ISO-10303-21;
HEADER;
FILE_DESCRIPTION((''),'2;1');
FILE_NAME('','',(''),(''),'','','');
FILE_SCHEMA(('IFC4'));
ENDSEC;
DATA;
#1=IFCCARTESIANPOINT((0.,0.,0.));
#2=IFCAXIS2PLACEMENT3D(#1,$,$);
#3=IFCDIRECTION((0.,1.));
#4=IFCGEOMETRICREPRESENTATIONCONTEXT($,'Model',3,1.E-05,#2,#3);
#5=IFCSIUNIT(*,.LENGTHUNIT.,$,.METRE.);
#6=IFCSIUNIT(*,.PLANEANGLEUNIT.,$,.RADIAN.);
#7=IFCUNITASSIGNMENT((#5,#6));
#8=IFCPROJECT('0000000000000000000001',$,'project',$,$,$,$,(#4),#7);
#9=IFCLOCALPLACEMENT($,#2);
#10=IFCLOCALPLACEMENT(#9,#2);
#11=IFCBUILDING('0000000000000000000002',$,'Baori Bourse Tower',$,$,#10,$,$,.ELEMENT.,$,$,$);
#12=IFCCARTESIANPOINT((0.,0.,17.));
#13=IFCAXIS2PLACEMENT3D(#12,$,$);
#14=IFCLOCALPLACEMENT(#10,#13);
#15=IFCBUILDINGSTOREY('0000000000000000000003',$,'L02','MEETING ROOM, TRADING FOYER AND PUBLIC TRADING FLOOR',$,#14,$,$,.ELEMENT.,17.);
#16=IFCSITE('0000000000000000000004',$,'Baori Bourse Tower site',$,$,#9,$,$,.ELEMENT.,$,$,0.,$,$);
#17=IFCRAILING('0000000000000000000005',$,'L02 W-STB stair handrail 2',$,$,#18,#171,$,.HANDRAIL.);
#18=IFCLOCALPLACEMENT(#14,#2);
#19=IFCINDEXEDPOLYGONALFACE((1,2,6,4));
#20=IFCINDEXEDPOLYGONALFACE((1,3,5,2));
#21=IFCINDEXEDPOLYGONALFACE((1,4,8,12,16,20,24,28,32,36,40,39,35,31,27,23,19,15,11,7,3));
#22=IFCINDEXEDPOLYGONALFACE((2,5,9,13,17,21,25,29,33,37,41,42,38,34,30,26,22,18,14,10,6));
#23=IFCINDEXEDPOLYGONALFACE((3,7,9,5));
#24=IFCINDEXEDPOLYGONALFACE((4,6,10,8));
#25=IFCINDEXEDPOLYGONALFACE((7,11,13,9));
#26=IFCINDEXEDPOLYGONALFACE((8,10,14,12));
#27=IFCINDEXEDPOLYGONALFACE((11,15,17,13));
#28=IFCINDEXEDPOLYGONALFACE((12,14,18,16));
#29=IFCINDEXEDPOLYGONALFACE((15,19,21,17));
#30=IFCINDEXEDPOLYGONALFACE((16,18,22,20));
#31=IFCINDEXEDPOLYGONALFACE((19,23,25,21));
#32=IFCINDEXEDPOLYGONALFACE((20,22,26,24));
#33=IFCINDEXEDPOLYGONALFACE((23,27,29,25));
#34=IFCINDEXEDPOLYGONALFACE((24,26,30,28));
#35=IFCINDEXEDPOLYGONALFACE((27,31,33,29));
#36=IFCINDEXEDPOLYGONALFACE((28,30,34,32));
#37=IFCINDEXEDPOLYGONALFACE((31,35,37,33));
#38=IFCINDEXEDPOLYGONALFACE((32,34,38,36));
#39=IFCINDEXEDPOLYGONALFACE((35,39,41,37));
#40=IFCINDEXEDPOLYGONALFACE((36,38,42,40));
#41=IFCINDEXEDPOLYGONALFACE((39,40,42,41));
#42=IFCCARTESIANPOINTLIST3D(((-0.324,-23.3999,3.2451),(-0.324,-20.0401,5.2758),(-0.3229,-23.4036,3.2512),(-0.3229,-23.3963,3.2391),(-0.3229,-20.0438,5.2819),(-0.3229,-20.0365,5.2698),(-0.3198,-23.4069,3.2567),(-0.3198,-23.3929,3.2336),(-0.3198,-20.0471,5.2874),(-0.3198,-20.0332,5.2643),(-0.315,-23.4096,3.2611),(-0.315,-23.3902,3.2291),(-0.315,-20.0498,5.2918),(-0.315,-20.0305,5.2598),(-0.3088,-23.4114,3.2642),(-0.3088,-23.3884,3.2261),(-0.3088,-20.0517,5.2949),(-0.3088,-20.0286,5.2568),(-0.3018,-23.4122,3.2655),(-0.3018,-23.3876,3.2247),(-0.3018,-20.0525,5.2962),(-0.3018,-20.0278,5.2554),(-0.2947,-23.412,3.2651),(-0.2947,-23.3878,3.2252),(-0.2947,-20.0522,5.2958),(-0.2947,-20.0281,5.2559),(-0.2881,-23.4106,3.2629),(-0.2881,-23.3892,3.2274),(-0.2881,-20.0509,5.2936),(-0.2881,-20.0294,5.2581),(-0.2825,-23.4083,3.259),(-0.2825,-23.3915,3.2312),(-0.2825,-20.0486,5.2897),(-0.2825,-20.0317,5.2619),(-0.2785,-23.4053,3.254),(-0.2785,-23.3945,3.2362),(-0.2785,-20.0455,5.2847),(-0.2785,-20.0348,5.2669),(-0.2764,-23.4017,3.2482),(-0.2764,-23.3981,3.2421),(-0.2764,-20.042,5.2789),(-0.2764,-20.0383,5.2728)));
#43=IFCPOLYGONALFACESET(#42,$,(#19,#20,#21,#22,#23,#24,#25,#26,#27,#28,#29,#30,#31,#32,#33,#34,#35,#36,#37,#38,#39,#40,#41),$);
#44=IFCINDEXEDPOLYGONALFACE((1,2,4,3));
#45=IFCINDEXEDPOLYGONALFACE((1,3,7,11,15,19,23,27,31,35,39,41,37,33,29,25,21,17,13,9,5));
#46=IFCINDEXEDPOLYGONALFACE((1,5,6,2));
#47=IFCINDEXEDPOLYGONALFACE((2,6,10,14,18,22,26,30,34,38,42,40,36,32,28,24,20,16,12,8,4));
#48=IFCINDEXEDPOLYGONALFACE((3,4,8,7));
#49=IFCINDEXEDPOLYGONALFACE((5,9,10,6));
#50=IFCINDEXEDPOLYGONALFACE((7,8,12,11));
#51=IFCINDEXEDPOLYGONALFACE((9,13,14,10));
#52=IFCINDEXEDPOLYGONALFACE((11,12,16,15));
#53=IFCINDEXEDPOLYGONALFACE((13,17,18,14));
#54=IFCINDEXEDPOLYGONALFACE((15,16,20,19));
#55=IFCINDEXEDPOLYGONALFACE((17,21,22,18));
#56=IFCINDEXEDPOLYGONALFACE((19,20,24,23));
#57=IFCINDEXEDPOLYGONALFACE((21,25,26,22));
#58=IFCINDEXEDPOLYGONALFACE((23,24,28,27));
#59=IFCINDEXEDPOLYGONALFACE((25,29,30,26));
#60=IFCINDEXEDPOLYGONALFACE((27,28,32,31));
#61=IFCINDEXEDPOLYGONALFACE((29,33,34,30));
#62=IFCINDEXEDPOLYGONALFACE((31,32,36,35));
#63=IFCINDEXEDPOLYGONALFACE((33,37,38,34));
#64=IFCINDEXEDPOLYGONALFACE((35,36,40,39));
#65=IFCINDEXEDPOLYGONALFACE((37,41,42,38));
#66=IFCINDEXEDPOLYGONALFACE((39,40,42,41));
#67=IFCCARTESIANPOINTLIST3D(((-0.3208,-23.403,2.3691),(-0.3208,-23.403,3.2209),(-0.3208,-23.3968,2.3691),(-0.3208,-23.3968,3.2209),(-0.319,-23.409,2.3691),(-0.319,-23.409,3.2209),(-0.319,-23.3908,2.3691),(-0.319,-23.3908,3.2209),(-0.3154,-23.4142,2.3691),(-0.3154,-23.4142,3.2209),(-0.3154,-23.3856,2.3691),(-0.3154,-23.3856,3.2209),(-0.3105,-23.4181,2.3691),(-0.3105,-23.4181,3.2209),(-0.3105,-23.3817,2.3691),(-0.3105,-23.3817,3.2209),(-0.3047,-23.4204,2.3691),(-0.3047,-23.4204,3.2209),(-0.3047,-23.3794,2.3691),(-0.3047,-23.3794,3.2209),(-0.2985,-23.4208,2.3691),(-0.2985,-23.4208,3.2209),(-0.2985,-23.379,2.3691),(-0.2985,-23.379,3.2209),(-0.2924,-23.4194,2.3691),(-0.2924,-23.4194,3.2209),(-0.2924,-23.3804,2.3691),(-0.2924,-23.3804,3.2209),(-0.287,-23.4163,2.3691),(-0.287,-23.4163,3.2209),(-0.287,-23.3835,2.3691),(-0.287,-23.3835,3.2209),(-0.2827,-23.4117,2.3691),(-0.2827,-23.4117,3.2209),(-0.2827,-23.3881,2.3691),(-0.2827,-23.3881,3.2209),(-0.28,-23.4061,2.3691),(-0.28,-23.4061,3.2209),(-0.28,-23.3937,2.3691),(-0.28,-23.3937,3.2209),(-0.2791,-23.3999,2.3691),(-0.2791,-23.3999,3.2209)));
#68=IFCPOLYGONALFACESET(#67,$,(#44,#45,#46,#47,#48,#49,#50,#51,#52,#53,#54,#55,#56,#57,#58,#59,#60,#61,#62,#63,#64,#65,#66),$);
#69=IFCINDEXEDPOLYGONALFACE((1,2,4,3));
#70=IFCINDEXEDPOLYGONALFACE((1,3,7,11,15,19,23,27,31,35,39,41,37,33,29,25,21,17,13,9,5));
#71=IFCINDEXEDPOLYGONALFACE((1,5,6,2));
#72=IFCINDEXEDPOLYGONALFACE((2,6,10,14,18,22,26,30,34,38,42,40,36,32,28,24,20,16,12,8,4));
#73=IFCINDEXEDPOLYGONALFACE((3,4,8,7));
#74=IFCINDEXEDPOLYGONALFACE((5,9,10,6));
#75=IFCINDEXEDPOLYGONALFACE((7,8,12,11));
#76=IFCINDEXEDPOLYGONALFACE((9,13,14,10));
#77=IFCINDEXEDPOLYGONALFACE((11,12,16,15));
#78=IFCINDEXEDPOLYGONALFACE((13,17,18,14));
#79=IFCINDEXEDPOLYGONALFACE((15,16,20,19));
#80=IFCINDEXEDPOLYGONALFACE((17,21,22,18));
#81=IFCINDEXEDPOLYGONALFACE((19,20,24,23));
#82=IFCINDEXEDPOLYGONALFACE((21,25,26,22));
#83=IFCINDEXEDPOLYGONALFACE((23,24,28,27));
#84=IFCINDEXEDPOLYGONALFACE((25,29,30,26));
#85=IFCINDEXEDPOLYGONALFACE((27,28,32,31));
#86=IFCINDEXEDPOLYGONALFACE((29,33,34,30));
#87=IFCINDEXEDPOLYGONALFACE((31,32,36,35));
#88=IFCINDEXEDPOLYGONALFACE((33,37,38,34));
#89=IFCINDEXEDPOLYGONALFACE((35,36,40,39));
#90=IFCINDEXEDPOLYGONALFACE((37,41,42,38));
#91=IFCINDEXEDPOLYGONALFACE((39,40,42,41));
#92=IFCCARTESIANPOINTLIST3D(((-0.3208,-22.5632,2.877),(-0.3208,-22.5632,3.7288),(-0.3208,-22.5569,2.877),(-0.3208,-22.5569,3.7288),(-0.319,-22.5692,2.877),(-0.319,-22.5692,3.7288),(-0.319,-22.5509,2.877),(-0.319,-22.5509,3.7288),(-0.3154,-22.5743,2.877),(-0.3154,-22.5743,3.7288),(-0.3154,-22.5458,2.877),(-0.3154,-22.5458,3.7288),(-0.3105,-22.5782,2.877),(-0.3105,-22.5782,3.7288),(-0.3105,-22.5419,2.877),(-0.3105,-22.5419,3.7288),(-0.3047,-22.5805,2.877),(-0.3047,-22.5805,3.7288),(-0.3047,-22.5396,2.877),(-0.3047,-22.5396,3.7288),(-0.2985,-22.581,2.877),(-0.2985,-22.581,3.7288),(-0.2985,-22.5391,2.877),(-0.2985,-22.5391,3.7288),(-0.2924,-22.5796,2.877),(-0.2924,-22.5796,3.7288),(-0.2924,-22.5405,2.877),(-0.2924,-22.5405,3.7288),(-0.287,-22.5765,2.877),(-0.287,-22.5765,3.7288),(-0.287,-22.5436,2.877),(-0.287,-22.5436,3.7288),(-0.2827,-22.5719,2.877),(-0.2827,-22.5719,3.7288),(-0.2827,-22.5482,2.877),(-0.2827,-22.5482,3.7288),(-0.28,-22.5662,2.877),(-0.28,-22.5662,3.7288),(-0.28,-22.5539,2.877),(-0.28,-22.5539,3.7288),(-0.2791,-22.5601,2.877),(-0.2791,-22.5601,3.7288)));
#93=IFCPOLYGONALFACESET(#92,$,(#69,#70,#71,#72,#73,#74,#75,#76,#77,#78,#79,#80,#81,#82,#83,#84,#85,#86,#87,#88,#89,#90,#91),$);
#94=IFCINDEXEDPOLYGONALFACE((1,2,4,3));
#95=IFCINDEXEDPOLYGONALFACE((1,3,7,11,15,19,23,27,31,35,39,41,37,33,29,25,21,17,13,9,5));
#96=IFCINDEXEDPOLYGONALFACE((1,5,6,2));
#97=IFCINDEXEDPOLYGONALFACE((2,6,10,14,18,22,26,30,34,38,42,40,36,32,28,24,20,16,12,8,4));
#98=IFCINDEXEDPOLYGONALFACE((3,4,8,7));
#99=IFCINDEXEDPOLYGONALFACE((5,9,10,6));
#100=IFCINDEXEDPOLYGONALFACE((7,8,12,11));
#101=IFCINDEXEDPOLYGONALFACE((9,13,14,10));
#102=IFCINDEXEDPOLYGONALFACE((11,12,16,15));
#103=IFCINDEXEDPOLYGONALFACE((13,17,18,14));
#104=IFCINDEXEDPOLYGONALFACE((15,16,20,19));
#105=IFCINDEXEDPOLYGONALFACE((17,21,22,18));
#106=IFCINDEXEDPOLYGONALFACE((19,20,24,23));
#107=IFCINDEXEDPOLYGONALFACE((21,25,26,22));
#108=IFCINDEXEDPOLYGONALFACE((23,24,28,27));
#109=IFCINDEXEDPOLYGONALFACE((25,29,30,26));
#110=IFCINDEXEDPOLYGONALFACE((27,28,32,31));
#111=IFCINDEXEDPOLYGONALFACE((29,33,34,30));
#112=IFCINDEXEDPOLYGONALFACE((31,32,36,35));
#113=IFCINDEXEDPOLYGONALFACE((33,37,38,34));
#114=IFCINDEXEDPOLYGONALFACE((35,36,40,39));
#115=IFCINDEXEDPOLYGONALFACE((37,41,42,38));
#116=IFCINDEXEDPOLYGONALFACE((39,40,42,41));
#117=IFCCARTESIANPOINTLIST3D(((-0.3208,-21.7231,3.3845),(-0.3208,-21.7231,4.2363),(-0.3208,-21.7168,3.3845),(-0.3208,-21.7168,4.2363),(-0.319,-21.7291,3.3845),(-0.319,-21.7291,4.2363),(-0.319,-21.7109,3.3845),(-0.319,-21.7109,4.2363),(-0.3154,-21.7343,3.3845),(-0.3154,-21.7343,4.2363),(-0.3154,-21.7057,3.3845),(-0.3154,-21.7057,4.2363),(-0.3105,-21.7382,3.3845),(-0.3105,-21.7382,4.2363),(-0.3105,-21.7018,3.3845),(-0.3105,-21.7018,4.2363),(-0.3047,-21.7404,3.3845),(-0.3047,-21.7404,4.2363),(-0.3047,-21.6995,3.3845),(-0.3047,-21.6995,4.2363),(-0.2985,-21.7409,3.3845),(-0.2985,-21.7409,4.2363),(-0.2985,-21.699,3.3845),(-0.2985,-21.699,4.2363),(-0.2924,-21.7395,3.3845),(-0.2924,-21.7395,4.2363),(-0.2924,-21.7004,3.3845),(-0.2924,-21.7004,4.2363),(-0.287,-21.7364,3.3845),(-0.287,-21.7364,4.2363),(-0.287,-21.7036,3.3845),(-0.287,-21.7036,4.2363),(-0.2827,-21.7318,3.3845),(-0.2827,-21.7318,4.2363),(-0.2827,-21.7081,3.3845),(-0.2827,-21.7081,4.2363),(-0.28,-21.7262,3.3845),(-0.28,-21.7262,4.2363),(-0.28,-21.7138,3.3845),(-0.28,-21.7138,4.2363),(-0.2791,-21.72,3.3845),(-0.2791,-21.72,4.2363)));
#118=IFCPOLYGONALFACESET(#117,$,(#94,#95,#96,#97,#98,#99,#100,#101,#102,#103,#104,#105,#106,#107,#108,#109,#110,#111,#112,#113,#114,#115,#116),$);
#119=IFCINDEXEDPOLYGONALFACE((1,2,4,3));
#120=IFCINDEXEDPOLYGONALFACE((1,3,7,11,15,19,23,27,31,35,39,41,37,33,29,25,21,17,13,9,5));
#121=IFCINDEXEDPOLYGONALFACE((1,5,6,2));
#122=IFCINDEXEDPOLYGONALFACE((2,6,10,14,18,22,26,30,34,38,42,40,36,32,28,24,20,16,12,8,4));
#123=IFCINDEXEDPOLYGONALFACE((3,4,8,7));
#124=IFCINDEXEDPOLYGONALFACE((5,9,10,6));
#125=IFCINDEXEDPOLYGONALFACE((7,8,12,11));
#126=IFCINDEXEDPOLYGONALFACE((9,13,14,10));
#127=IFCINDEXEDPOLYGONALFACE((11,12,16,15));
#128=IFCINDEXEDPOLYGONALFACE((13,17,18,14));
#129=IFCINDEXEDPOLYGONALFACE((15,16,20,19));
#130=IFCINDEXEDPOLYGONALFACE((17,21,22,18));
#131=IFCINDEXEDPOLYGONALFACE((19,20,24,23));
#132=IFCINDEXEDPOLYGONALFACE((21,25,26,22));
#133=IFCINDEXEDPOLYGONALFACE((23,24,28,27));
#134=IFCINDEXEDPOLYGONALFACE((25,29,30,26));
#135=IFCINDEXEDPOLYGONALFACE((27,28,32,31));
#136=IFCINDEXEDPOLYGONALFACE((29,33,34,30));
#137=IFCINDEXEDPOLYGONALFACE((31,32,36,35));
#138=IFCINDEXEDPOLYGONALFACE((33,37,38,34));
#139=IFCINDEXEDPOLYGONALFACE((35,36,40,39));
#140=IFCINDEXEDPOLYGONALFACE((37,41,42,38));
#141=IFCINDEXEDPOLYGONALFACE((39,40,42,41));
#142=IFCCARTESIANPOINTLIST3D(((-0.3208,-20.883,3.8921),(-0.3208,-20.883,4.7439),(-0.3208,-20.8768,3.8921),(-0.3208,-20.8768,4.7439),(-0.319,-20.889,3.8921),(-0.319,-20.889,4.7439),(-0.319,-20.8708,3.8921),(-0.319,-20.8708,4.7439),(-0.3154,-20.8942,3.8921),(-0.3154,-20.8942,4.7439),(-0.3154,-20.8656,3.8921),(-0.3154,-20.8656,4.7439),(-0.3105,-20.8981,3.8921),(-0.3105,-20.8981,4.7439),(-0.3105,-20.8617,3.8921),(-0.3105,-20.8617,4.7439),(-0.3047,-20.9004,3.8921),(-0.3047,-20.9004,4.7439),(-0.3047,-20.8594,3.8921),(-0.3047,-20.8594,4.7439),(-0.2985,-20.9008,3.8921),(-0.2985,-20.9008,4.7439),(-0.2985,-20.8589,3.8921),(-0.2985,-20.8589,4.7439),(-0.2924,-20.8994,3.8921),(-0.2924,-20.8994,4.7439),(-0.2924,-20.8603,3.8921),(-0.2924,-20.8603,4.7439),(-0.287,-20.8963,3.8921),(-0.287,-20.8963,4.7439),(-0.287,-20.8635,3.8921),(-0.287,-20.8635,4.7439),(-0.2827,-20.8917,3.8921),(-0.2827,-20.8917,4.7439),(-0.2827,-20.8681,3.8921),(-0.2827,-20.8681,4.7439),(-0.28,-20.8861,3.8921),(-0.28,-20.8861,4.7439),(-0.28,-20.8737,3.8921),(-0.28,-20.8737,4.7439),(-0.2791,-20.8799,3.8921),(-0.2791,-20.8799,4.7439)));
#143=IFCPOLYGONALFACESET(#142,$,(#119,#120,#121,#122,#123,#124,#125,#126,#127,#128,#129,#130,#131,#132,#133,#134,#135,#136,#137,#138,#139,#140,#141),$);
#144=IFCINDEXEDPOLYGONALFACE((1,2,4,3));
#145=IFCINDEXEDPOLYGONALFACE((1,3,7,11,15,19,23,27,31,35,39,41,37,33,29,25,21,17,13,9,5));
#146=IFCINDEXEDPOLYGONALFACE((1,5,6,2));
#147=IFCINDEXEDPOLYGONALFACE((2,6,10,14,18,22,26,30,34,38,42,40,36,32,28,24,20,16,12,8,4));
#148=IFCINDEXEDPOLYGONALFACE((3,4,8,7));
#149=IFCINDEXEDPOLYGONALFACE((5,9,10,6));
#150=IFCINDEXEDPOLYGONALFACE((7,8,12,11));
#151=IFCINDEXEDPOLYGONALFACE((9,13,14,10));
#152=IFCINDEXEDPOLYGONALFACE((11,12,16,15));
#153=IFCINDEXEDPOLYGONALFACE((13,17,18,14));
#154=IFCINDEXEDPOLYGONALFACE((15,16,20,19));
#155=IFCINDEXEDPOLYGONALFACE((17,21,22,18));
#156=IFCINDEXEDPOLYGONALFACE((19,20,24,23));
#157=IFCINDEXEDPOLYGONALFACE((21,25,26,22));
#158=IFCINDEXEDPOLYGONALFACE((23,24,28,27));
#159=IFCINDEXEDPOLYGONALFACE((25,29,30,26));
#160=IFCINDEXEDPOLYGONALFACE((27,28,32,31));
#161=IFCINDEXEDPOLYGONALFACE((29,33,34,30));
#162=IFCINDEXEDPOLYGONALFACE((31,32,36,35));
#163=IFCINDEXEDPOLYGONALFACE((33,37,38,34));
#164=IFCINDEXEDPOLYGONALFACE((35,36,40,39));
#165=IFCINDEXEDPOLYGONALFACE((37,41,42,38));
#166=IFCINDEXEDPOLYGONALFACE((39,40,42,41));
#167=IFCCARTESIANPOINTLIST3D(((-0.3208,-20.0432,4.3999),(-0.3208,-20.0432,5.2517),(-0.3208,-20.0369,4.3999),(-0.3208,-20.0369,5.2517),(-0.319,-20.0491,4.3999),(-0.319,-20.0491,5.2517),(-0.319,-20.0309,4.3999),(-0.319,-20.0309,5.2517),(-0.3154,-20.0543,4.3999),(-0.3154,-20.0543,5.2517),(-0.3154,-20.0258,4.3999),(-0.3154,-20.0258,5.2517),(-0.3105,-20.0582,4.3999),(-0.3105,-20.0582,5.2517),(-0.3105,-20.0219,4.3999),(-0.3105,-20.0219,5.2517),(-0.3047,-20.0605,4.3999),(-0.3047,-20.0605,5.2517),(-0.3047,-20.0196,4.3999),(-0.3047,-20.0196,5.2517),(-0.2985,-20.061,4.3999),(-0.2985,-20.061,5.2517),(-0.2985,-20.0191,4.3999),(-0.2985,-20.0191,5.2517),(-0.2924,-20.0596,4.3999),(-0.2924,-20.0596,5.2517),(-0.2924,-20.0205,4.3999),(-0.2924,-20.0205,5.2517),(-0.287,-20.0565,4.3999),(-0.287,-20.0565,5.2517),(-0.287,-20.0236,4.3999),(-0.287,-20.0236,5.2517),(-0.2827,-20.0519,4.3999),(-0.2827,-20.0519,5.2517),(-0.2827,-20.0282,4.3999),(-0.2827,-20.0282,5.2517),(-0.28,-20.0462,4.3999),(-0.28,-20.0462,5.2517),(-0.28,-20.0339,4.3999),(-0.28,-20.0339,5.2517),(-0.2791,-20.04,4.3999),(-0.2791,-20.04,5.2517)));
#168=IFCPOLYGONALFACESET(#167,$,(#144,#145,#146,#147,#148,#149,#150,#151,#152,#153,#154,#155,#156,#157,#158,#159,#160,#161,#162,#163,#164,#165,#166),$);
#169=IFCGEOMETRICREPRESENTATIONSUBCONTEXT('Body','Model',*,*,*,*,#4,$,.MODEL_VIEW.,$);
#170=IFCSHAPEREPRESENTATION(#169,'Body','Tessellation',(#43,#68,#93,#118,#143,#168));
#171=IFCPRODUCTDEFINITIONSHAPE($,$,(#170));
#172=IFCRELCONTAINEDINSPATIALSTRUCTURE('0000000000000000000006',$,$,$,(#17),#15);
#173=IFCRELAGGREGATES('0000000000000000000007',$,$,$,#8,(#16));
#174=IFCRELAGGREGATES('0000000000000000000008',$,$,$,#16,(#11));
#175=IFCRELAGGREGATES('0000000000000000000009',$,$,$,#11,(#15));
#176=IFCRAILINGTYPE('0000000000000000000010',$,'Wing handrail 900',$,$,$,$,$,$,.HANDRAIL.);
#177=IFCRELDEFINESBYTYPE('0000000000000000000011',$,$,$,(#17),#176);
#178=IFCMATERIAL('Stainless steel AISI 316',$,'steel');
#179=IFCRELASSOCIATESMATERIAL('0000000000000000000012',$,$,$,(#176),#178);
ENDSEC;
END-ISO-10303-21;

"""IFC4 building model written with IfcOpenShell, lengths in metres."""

from ifc_helpers import new_model, si_unit, direction, frame, origin, origin_2d, place, context, subcontext, project, spatial, circle, extrude, material, type_object, element, save


model = new_model("IFC4")

# Units and contexts
model_context = context("Model", 3, precision=1e-05, world=origin(), true_north=direction((0.0, 1.0)))
body_context = subcontext(model_context, "Body", "Model", "MODEL_VIEW")
ifc_project = project(units=[si_unit("LENGTHUNIT", "METRE"), si_unit("PLANEANGLEUNIT", "RADIAN")], contexts=[model_context])

# Site, building, storey
site_placement = place(None, origin())
site = spatial("IfcSite", under=ifc_project, at=site_placement, Name="Baori Bourse Tower site", CompositionType="ELEMENT", RefElevation=0.0)
building_placement = place(site_placement, origin())
building = spatial("IfcBuilding", under=site, at=building_placement, Name="Baori Bourse Tower", CompositionType="ELEMENT")
storey_placement = place(building_placement, frame((0.0, 0.0, 17.0)))
storey = spatial("IfcBuildingStorey", under=building, at=storey_placement, Name="L02", Description="MEETING ROOM, TRADING FOYER AND PUBLIC TRADING FLOOR", CompositionType="ELEMENT", Elevation=17.0)

# Railing
ifc_material_1 = material(Name="Stainless steel AISI 316", Category="steel")
railing_type_1 = type_object("IfcRailingType", Name="Wing handrail 900", PredefinedType="HANDRAIL", material=ifc_material_1)
railing_1_placement = place(storey_placement, frame((-0.3, -23.3999, 2.3691)))
element("IfcRailing", 1, at=railing_1_placement, inside=storey, type_object=railing_type_1, Name="L02 W-STB stair handrail 2", PredefinedType="HANDRAIL", context=body_context, shape_type="SweptSolid", body=[
    extrude(circle(Radius=0.0239, at=origin_2d()), frame((0.0, 0.0, 0.876), z_axis=(0.0, 0.85582, 0.517273), x_axis=(-1.0, 0.0, 0.0)), (0.0, 0.0, 1.0), 3.9258),
    extrude(circle(Radius=0.021, at=origin_2d()), origin(), (0.0, 0.0, 1.0), 0.8518),
    extrude(circle(Radius=0.021, at=origin_2d()), frame((0.0, 0.8398, 0.5078)), (0.0, 0.0, 1.0), 0.8518),
    extrude(circle(Radius=0.021, at=origin_2d()), frame((0.0, 1.6799, 1.0154)), (0.0, 0.0, 1.0), 0.8518),
    extrude(circle(Radius=0.021, at=origin_2d()), frame((0.0, 2.52, 1.5229)), (0.0, 0.0, 1.0), 0.8518),
    extrude(circle(Radius=0.021, at=origin_2d()), frame((0.0, 3.3599, 2.0308)), (0.0, 0.0, 1.0), 0.8518),
])

save(model, "model.ifc")
